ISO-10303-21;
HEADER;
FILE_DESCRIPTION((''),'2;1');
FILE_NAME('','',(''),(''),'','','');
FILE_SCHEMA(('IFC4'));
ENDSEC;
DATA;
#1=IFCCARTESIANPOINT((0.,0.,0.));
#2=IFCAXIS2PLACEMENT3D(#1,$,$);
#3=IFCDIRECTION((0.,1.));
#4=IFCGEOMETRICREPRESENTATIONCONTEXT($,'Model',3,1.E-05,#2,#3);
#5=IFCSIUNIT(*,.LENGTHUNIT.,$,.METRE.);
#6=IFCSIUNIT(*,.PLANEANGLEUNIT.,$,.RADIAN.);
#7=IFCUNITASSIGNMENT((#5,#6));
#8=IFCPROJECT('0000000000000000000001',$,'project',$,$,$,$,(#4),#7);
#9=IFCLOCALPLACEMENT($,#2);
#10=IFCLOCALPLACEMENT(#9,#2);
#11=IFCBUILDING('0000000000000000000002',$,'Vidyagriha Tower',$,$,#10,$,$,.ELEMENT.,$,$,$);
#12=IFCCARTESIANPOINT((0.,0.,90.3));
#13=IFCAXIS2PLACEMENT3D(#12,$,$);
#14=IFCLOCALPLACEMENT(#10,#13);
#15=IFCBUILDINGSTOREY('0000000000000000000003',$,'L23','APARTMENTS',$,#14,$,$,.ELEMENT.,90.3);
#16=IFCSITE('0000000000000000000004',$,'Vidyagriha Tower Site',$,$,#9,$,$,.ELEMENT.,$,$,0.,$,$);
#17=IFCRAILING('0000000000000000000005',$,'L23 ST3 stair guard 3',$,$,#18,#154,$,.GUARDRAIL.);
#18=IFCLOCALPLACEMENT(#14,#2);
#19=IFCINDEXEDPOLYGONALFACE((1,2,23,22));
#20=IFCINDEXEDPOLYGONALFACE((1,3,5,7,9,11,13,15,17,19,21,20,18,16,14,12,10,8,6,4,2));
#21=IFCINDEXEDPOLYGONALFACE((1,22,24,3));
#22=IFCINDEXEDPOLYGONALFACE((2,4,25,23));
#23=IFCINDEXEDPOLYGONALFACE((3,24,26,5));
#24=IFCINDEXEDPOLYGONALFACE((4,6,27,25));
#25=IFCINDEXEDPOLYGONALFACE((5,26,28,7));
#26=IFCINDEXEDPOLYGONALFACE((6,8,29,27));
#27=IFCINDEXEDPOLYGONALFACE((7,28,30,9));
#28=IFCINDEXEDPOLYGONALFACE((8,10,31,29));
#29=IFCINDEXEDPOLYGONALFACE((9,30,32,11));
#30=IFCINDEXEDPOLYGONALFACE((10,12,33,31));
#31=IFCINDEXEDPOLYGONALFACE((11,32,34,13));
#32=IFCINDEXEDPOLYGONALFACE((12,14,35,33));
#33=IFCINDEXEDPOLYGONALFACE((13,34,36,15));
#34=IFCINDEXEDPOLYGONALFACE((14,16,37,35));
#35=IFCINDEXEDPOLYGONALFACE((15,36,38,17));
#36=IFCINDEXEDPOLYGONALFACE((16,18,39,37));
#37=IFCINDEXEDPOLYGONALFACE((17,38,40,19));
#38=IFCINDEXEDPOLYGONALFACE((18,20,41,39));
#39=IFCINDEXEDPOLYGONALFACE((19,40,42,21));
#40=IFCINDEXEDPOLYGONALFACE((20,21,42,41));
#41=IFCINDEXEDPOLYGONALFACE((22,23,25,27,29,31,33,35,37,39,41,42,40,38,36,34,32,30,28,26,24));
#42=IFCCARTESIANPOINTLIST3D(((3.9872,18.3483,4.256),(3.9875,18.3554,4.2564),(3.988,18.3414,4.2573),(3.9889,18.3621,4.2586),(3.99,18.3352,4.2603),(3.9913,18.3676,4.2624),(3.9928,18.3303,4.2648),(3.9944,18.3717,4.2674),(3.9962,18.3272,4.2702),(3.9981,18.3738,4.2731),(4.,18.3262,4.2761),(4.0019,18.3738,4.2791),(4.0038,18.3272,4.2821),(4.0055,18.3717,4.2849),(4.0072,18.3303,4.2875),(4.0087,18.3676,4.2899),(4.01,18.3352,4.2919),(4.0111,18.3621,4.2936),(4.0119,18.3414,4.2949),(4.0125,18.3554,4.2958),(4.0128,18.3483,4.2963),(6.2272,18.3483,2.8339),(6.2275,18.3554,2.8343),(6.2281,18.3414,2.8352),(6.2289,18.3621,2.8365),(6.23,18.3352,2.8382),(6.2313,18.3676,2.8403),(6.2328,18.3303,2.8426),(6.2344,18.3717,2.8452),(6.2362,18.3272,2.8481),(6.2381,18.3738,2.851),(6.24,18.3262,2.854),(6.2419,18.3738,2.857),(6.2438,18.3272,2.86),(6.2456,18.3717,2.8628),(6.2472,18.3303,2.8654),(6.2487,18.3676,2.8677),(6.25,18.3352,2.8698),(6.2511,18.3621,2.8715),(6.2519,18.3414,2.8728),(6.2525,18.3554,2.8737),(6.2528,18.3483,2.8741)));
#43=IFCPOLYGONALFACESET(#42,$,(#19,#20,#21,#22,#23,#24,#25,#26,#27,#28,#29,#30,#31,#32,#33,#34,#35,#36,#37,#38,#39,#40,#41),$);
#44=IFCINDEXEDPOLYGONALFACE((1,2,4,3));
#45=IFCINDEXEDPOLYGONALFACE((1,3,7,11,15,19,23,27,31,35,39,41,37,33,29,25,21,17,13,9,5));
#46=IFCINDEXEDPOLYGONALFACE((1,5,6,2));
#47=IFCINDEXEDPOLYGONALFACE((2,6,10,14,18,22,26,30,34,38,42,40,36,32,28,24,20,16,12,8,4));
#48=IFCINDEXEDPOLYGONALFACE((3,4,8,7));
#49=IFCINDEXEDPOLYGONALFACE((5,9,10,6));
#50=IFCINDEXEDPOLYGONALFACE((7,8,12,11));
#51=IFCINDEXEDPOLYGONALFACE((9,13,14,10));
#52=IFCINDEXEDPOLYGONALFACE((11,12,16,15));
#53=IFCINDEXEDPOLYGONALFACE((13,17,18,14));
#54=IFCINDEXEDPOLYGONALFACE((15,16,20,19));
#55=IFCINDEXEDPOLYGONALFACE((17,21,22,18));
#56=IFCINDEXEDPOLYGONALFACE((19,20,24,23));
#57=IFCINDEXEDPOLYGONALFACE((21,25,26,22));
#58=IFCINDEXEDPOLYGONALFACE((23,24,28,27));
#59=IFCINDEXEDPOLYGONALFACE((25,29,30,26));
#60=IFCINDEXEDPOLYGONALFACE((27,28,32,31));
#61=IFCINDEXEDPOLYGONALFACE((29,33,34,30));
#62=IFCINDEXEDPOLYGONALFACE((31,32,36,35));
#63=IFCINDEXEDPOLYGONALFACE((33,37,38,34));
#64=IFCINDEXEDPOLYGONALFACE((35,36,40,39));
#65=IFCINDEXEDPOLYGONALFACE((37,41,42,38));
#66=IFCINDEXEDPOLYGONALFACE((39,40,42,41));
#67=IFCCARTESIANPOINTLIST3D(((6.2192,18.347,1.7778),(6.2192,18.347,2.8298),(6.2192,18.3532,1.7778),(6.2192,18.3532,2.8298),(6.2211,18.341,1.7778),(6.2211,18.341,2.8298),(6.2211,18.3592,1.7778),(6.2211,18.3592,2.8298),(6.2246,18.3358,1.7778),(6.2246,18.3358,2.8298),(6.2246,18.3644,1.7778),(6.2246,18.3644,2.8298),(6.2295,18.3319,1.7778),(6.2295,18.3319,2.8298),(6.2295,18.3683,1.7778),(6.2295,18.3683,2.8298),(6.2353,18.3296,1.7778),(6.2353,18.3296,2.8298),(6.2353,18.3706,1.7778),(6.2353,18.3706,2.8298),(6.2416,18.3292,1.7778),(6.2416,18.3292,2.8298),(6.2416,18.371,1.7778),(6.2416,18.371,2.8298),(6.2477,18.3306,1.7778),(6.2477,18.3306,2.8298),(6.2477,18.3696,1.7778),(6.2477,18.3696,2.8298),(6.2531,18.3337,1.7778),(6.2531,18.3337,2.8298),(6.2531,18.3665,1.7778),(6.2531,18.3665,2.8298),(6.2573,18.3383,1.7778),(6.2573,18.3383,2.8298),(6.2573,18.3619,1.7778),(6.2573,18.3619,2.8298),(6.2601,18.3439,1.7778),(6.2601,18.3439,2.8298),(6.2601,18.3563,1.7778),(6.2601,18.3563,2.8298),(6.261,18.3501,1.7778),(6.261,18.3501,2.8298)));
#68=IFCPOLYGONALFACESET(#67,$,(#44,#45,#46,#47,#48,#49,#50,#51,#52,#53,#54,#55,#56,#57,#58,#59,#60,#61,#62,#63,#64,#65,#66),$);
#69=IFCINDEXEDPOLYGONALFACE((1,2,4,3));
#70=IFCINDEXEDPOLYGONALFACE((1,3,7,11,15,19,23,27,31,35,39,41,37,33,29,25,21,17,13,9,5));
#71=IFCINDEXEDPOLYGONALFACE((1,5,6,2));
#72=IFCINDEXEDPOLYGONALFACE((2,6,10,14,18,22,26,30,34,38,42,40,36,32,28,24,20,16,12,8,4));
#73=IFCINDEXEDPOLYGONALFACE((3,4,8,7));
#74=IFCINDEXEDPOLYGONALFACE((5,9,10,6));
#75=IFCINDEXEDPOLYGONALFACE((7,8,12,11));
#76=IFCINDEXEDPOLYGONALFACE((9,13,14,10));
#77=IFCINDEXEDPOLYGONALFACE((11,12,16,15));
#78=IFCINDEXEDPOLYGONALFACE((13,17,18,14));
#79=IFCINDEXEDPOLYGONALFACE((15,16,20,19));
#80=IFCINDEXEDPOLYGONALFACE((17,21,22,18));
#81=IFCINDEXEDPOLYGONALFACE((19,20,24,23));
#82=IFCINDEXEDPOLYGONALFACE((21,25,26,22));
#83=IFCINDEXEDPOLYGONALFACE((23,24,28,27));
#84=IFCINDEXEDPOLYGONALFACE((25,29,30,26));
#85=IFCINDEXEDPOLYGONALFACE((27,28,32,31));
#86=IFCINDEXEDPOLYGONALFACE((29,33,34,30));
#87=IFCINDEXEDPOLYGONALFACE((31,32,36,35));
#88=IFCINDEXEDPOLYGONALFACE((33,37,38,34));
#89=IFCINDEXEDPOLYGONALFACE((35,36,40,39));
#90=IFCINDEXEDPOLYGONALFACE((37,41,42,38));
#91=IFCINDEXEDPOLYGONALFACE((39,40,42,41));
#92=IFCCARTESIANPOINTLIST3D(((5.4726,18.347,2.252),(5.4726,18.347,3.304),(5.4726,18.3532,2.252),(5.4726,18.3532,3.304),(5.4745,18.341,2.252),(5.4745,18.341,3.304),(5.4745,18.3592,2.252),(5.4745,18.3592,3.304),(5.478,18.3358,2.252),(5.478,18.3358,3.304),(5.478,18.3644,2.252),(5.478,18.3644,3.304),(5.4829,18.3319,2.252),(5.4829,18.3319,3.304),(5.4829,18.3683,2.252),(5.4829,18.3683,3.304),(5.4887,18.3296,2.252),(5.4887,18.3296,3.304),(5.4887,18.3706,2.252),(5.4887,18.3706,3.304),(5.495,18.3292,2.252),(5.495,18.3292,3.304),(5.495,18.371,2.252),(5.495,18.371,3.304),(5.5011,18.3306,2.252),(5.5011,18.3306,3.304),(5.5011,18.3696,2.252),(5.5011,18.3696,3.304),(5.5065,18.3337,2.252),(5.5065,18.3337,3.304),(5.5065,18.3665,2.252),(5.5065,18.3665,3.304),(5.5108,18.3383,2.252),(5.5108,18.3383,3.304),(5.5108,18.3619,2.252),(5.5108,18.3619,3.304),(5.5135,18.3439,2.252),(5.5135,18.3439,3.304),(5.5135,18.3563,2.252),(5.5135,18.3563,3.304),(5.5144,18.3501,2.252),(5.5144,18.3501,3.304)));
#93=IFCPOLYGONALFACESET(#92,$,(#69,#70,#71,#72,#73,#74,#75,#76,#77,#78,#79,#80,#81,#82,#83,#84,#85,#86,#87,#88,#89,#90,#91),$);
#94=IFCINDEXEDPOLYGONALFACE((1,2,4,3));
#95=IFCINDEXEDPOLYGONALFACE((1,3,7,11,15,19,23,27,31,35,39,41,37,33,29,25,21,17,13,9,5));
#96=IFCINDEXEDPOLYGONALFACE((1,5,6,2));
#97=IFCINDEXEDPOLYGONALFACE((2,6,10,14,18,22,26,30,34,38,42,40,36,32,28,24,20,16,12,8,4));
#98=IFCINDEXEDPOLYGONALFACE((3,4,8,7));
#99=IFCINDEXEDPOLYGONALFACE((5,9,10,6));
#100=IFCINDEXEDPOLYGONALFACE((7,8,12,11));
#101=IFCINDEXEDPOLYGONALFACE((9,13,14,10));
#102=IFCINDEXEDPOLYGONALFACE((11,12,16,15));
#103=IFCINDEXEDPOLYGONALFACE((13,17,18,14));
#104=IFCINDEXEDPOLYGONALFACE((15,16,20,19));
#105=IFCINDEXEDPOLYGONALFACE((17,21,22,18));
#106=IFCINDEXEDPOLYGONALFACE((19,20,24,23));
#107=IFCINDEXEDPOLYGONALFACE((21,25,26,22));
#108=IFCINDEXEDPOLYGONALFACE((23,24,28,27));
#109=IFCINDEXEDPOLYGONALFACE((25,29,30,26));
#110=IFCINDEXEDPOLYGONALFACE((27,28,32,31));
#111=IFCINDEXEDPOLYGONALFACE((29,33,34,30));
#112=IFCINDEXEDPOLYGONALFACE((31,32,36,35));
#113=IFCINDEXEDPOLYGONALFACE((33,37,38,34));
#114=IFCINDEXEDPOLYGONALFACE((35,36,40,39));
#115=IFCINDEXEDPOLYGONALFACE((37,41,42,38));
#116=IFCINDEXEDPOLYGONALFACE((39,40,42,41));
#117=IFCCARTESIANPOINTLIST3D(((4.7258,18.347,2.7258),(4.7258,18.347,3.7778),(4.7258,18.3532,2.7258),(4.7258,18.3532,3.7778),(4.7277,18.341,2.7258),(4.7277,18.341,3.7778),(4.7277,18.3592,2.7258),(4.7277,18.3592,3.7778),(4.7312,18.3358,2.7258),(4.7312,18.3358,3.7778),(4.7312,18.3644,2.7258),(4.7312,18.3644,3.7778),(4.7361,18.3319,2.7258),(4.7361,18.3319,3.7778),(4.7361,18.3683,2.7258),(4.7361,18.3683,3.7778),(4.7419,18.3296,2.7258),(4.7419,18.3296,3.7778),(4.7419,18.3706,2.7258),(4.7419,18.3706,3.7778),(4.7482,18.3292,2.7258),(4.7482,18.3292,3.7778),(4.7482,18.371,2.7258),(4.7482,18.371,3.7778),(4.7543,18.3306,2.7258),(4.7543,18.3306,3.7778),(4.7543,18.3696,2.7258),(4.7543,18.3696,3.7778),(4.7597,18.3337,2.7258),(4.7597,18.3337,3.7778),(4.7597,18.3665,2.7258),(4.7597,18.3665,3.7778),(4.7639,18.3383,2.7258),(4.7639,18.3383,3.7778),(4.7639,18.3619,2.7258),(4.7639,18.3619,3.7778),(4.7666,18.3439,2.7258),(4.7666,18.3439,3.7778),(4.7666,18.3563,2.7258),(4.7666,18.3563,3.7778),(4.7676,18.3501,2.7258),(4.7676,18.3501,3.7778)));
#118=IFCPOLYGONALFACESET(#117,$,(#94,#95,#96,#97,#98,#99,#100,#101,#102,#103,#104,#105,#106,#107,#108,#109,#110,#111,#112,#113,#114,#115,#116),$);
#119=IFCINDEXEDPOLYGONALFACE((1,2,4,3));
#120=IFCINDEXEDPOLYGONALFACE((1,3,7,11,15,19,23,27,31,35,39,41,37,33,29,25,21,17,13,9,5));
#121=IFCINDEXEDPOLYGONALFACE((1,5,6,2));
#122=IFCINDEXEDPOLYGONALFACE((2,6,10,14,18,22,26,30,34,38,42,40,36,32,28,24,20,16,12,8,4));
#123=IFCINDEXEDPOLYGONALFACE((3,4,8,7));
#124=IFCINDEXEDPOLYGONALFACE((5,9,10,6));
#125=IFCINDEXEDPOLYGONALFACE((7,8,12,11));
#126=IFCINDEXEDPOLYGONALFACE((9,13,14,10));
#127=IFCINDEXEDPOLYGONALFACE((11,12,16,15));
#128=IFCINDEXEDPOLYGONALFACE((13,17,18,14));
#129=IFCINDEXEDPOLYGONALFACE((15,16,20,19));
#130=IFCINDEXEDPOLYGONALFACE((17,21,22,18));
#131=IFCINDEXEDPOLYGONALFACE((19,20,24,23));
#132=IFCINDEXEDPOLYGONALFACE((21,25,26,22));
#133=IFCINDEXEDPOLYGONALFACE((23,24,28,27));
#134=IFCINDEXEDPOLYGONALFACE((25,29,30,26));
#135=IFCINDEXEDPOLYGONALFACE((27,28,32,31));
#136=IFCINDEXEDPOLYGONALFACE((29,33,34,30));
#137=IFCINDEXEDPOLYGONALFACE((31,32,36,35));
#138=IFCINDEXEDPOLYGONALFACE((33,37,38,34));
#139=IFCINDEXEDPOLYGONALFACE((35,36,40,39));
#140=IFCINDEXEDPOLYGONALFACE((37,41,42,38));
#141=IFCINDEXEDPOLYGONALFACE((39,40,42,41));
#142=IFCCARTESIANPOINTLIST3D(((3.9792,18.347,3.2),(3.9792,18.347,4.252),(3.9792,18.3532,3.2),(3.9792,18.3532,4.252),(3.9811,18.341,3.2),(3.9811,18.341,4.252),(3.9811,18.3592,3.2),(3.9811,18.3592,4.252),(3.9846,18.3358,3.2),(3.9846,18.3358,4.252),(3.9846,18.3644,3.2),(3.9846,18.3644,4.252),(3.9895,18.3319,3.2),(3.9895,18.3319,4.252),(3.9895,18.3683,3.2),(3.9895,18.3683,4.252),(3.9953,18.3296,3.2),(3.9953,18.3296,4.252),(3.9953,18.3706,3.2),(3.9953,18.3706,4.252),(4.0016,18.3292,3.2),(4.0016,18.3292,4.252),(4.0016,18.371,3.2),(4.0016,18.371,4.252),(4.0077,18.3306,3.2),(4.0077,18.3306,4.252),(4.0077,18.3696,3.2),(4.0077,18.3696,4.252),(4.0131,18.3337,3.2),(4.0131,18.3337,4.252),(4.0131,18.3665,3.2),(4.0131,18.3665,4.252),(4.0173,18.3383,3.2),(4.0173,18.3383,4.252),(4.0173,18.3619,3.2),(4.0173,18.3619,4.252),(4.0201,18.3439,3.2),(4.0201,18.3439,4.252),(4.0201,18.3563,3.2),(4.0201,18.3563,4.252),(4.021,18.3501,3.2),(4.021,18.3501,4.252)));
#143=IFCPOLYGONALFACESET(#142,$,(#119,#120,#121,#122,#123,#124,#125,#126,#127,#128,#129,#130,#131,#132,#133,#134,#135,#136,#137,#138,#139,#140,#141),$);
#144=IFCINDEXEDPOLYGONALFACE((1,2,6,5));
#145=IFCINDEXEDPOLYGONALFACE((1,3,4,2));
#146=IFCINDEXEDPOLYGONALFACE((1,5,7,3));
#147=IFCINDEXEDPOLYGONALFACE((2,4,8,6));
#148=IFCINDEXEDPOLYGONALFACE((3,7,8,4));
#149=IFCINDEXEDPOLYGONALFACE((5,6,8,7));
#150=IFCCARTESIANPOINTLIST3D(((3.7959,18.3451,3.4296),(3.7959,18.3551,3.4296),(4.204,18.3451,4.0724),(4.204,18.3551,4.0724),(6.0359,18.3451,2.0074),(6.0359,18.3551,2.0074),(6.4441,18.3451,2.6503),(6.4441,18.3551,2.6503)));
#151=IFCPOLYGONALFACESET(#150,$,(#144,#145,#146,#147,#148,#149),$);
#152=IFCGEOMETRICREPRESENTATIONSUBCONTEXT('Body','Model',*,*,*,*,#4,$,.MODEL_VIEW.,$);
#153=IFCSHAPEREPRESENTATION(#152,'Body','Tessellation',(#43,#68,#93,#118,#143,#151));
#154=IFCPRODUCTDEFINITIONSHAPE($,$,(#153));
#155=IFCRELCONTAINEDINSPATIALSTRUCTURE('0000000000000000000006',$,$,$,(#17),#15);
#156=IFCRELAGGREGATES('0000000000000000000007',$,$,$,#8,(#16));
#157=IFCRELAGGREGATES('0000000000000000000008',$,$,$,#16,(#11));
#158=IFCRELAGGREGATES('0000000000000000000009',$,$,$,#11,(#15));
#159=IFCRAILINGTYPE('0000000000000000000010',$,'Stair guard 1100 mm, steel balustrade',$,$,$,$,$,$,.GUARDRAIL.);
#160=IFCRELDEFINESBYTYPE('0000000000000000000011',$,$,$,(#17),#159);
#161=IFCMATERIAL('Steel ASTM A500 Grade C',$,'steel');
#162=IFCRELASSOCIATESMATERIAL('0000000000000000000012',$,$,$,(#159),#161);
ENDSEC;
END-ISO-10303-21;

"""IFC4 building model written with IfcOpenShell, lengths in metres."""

from ifc_helpers import new_model, si_unit, direction, frame, origin, origin_2d, place, context, subcontext, project, spatial, rectangle, circle, extrude, material, type_object, element, save


model = new_model("IFC4")

# Units and contexts
model_context = context("Model", 3, precision=1e-05, world=origin(), true_north=direction((0.0, 1.0)))
body_context = subcontext(model_context, "Body", "Model", "MODEL_VIEW")
ifc_project = project(units=[si_unit("LENGTHUNIT", "METRE"), si_unit("PLANEANGLEUNIT", "RADIAN")], contexts=[model_context])

# Site, building, storey
site_placement = place(None, origin())
site = spatial("IfcSite", under=ifc_project, at=site_placement, Name="Vidyagriha Tower Site", CompositionType="ELEMENT", RefElevation=0.0)
building_placement = place(site_placement, origin())
building = spatial("IfcBuilding", under=site, at=building_placement, Name="Vidyagriha Tower", CompositionType="ELEMENT")
storey_placement = place(building_placement, frame((0.0, 0.0, 90.3)))
storey = spatial("IfcBuildingStorey", under=building, at=storey_placement, Name="L23", Description="APARTMENTS", CompositionType="ELEMENT", Elevation=90.3)

# Railing
ifc_material_1 = material(Name="Steel ASTM A500 Grade C", Category="steel")
railing_type_1 = type_object("IfcRailingType", Name="Stair guard 1100 mm, steel balustrade", PredefinedType="GUARDRAIL", material=ifc_material_1)
railing_1_placement = place(storey_placement, frame((6.24, 18.3501, 1.7778)))
element("IfcRailing", 1, at=railing_1_placement, inside=storey, type_object=railing_type_1, Name="L23 ST3 stair guard 3", PredefinedType="GUARDRAIL", context=body_context, shape_type="SweptSolid", body=[
    extrude(circle(Radius=0.0239, at=origin_2d()), frame((0.0, 0.0, 1.0762), z_axis=(-0.844229, 0.0, 0.535982), x_axis=(0.0, -1.0, 0.0)), (0.0, 0.0, 1.0), 2.6533),
    extrude(circle(Radius=0.021, at=origin_2d()), origin(), (0.0, 0.0, 1.0), 1.052),
    extrude(circle(Radius=0.021, at=origin_2d()), frame((-0.7466, 0.0, 0.4741)), (0.0, 0.0, 1.0), 1.052),
    extrude(circle(Radius=0.021, at=origin_2d()), frame((-1.4934, 0.0, 0.948)), (0.0, 0.0, 1.0), 1.052),
    extrude(circle(Radius=0.021, at=origin_2d()), frame((-2.24, 0.0, 1.4221)), (0.0, 0.0, 1.0), 1.052),
    extrude(rectangle(XDim=0.01, YDim=0.7615, at=origin_2d()), frame((0.0, 0.0, 0.551), z_axis=(-0.844229, 0.0, 0.535982), x_axis=(0.0, -1.0, 0.0)), (0.0, 0.0, 1.0), 2.6533),
])

save(model, "model.ifc")
